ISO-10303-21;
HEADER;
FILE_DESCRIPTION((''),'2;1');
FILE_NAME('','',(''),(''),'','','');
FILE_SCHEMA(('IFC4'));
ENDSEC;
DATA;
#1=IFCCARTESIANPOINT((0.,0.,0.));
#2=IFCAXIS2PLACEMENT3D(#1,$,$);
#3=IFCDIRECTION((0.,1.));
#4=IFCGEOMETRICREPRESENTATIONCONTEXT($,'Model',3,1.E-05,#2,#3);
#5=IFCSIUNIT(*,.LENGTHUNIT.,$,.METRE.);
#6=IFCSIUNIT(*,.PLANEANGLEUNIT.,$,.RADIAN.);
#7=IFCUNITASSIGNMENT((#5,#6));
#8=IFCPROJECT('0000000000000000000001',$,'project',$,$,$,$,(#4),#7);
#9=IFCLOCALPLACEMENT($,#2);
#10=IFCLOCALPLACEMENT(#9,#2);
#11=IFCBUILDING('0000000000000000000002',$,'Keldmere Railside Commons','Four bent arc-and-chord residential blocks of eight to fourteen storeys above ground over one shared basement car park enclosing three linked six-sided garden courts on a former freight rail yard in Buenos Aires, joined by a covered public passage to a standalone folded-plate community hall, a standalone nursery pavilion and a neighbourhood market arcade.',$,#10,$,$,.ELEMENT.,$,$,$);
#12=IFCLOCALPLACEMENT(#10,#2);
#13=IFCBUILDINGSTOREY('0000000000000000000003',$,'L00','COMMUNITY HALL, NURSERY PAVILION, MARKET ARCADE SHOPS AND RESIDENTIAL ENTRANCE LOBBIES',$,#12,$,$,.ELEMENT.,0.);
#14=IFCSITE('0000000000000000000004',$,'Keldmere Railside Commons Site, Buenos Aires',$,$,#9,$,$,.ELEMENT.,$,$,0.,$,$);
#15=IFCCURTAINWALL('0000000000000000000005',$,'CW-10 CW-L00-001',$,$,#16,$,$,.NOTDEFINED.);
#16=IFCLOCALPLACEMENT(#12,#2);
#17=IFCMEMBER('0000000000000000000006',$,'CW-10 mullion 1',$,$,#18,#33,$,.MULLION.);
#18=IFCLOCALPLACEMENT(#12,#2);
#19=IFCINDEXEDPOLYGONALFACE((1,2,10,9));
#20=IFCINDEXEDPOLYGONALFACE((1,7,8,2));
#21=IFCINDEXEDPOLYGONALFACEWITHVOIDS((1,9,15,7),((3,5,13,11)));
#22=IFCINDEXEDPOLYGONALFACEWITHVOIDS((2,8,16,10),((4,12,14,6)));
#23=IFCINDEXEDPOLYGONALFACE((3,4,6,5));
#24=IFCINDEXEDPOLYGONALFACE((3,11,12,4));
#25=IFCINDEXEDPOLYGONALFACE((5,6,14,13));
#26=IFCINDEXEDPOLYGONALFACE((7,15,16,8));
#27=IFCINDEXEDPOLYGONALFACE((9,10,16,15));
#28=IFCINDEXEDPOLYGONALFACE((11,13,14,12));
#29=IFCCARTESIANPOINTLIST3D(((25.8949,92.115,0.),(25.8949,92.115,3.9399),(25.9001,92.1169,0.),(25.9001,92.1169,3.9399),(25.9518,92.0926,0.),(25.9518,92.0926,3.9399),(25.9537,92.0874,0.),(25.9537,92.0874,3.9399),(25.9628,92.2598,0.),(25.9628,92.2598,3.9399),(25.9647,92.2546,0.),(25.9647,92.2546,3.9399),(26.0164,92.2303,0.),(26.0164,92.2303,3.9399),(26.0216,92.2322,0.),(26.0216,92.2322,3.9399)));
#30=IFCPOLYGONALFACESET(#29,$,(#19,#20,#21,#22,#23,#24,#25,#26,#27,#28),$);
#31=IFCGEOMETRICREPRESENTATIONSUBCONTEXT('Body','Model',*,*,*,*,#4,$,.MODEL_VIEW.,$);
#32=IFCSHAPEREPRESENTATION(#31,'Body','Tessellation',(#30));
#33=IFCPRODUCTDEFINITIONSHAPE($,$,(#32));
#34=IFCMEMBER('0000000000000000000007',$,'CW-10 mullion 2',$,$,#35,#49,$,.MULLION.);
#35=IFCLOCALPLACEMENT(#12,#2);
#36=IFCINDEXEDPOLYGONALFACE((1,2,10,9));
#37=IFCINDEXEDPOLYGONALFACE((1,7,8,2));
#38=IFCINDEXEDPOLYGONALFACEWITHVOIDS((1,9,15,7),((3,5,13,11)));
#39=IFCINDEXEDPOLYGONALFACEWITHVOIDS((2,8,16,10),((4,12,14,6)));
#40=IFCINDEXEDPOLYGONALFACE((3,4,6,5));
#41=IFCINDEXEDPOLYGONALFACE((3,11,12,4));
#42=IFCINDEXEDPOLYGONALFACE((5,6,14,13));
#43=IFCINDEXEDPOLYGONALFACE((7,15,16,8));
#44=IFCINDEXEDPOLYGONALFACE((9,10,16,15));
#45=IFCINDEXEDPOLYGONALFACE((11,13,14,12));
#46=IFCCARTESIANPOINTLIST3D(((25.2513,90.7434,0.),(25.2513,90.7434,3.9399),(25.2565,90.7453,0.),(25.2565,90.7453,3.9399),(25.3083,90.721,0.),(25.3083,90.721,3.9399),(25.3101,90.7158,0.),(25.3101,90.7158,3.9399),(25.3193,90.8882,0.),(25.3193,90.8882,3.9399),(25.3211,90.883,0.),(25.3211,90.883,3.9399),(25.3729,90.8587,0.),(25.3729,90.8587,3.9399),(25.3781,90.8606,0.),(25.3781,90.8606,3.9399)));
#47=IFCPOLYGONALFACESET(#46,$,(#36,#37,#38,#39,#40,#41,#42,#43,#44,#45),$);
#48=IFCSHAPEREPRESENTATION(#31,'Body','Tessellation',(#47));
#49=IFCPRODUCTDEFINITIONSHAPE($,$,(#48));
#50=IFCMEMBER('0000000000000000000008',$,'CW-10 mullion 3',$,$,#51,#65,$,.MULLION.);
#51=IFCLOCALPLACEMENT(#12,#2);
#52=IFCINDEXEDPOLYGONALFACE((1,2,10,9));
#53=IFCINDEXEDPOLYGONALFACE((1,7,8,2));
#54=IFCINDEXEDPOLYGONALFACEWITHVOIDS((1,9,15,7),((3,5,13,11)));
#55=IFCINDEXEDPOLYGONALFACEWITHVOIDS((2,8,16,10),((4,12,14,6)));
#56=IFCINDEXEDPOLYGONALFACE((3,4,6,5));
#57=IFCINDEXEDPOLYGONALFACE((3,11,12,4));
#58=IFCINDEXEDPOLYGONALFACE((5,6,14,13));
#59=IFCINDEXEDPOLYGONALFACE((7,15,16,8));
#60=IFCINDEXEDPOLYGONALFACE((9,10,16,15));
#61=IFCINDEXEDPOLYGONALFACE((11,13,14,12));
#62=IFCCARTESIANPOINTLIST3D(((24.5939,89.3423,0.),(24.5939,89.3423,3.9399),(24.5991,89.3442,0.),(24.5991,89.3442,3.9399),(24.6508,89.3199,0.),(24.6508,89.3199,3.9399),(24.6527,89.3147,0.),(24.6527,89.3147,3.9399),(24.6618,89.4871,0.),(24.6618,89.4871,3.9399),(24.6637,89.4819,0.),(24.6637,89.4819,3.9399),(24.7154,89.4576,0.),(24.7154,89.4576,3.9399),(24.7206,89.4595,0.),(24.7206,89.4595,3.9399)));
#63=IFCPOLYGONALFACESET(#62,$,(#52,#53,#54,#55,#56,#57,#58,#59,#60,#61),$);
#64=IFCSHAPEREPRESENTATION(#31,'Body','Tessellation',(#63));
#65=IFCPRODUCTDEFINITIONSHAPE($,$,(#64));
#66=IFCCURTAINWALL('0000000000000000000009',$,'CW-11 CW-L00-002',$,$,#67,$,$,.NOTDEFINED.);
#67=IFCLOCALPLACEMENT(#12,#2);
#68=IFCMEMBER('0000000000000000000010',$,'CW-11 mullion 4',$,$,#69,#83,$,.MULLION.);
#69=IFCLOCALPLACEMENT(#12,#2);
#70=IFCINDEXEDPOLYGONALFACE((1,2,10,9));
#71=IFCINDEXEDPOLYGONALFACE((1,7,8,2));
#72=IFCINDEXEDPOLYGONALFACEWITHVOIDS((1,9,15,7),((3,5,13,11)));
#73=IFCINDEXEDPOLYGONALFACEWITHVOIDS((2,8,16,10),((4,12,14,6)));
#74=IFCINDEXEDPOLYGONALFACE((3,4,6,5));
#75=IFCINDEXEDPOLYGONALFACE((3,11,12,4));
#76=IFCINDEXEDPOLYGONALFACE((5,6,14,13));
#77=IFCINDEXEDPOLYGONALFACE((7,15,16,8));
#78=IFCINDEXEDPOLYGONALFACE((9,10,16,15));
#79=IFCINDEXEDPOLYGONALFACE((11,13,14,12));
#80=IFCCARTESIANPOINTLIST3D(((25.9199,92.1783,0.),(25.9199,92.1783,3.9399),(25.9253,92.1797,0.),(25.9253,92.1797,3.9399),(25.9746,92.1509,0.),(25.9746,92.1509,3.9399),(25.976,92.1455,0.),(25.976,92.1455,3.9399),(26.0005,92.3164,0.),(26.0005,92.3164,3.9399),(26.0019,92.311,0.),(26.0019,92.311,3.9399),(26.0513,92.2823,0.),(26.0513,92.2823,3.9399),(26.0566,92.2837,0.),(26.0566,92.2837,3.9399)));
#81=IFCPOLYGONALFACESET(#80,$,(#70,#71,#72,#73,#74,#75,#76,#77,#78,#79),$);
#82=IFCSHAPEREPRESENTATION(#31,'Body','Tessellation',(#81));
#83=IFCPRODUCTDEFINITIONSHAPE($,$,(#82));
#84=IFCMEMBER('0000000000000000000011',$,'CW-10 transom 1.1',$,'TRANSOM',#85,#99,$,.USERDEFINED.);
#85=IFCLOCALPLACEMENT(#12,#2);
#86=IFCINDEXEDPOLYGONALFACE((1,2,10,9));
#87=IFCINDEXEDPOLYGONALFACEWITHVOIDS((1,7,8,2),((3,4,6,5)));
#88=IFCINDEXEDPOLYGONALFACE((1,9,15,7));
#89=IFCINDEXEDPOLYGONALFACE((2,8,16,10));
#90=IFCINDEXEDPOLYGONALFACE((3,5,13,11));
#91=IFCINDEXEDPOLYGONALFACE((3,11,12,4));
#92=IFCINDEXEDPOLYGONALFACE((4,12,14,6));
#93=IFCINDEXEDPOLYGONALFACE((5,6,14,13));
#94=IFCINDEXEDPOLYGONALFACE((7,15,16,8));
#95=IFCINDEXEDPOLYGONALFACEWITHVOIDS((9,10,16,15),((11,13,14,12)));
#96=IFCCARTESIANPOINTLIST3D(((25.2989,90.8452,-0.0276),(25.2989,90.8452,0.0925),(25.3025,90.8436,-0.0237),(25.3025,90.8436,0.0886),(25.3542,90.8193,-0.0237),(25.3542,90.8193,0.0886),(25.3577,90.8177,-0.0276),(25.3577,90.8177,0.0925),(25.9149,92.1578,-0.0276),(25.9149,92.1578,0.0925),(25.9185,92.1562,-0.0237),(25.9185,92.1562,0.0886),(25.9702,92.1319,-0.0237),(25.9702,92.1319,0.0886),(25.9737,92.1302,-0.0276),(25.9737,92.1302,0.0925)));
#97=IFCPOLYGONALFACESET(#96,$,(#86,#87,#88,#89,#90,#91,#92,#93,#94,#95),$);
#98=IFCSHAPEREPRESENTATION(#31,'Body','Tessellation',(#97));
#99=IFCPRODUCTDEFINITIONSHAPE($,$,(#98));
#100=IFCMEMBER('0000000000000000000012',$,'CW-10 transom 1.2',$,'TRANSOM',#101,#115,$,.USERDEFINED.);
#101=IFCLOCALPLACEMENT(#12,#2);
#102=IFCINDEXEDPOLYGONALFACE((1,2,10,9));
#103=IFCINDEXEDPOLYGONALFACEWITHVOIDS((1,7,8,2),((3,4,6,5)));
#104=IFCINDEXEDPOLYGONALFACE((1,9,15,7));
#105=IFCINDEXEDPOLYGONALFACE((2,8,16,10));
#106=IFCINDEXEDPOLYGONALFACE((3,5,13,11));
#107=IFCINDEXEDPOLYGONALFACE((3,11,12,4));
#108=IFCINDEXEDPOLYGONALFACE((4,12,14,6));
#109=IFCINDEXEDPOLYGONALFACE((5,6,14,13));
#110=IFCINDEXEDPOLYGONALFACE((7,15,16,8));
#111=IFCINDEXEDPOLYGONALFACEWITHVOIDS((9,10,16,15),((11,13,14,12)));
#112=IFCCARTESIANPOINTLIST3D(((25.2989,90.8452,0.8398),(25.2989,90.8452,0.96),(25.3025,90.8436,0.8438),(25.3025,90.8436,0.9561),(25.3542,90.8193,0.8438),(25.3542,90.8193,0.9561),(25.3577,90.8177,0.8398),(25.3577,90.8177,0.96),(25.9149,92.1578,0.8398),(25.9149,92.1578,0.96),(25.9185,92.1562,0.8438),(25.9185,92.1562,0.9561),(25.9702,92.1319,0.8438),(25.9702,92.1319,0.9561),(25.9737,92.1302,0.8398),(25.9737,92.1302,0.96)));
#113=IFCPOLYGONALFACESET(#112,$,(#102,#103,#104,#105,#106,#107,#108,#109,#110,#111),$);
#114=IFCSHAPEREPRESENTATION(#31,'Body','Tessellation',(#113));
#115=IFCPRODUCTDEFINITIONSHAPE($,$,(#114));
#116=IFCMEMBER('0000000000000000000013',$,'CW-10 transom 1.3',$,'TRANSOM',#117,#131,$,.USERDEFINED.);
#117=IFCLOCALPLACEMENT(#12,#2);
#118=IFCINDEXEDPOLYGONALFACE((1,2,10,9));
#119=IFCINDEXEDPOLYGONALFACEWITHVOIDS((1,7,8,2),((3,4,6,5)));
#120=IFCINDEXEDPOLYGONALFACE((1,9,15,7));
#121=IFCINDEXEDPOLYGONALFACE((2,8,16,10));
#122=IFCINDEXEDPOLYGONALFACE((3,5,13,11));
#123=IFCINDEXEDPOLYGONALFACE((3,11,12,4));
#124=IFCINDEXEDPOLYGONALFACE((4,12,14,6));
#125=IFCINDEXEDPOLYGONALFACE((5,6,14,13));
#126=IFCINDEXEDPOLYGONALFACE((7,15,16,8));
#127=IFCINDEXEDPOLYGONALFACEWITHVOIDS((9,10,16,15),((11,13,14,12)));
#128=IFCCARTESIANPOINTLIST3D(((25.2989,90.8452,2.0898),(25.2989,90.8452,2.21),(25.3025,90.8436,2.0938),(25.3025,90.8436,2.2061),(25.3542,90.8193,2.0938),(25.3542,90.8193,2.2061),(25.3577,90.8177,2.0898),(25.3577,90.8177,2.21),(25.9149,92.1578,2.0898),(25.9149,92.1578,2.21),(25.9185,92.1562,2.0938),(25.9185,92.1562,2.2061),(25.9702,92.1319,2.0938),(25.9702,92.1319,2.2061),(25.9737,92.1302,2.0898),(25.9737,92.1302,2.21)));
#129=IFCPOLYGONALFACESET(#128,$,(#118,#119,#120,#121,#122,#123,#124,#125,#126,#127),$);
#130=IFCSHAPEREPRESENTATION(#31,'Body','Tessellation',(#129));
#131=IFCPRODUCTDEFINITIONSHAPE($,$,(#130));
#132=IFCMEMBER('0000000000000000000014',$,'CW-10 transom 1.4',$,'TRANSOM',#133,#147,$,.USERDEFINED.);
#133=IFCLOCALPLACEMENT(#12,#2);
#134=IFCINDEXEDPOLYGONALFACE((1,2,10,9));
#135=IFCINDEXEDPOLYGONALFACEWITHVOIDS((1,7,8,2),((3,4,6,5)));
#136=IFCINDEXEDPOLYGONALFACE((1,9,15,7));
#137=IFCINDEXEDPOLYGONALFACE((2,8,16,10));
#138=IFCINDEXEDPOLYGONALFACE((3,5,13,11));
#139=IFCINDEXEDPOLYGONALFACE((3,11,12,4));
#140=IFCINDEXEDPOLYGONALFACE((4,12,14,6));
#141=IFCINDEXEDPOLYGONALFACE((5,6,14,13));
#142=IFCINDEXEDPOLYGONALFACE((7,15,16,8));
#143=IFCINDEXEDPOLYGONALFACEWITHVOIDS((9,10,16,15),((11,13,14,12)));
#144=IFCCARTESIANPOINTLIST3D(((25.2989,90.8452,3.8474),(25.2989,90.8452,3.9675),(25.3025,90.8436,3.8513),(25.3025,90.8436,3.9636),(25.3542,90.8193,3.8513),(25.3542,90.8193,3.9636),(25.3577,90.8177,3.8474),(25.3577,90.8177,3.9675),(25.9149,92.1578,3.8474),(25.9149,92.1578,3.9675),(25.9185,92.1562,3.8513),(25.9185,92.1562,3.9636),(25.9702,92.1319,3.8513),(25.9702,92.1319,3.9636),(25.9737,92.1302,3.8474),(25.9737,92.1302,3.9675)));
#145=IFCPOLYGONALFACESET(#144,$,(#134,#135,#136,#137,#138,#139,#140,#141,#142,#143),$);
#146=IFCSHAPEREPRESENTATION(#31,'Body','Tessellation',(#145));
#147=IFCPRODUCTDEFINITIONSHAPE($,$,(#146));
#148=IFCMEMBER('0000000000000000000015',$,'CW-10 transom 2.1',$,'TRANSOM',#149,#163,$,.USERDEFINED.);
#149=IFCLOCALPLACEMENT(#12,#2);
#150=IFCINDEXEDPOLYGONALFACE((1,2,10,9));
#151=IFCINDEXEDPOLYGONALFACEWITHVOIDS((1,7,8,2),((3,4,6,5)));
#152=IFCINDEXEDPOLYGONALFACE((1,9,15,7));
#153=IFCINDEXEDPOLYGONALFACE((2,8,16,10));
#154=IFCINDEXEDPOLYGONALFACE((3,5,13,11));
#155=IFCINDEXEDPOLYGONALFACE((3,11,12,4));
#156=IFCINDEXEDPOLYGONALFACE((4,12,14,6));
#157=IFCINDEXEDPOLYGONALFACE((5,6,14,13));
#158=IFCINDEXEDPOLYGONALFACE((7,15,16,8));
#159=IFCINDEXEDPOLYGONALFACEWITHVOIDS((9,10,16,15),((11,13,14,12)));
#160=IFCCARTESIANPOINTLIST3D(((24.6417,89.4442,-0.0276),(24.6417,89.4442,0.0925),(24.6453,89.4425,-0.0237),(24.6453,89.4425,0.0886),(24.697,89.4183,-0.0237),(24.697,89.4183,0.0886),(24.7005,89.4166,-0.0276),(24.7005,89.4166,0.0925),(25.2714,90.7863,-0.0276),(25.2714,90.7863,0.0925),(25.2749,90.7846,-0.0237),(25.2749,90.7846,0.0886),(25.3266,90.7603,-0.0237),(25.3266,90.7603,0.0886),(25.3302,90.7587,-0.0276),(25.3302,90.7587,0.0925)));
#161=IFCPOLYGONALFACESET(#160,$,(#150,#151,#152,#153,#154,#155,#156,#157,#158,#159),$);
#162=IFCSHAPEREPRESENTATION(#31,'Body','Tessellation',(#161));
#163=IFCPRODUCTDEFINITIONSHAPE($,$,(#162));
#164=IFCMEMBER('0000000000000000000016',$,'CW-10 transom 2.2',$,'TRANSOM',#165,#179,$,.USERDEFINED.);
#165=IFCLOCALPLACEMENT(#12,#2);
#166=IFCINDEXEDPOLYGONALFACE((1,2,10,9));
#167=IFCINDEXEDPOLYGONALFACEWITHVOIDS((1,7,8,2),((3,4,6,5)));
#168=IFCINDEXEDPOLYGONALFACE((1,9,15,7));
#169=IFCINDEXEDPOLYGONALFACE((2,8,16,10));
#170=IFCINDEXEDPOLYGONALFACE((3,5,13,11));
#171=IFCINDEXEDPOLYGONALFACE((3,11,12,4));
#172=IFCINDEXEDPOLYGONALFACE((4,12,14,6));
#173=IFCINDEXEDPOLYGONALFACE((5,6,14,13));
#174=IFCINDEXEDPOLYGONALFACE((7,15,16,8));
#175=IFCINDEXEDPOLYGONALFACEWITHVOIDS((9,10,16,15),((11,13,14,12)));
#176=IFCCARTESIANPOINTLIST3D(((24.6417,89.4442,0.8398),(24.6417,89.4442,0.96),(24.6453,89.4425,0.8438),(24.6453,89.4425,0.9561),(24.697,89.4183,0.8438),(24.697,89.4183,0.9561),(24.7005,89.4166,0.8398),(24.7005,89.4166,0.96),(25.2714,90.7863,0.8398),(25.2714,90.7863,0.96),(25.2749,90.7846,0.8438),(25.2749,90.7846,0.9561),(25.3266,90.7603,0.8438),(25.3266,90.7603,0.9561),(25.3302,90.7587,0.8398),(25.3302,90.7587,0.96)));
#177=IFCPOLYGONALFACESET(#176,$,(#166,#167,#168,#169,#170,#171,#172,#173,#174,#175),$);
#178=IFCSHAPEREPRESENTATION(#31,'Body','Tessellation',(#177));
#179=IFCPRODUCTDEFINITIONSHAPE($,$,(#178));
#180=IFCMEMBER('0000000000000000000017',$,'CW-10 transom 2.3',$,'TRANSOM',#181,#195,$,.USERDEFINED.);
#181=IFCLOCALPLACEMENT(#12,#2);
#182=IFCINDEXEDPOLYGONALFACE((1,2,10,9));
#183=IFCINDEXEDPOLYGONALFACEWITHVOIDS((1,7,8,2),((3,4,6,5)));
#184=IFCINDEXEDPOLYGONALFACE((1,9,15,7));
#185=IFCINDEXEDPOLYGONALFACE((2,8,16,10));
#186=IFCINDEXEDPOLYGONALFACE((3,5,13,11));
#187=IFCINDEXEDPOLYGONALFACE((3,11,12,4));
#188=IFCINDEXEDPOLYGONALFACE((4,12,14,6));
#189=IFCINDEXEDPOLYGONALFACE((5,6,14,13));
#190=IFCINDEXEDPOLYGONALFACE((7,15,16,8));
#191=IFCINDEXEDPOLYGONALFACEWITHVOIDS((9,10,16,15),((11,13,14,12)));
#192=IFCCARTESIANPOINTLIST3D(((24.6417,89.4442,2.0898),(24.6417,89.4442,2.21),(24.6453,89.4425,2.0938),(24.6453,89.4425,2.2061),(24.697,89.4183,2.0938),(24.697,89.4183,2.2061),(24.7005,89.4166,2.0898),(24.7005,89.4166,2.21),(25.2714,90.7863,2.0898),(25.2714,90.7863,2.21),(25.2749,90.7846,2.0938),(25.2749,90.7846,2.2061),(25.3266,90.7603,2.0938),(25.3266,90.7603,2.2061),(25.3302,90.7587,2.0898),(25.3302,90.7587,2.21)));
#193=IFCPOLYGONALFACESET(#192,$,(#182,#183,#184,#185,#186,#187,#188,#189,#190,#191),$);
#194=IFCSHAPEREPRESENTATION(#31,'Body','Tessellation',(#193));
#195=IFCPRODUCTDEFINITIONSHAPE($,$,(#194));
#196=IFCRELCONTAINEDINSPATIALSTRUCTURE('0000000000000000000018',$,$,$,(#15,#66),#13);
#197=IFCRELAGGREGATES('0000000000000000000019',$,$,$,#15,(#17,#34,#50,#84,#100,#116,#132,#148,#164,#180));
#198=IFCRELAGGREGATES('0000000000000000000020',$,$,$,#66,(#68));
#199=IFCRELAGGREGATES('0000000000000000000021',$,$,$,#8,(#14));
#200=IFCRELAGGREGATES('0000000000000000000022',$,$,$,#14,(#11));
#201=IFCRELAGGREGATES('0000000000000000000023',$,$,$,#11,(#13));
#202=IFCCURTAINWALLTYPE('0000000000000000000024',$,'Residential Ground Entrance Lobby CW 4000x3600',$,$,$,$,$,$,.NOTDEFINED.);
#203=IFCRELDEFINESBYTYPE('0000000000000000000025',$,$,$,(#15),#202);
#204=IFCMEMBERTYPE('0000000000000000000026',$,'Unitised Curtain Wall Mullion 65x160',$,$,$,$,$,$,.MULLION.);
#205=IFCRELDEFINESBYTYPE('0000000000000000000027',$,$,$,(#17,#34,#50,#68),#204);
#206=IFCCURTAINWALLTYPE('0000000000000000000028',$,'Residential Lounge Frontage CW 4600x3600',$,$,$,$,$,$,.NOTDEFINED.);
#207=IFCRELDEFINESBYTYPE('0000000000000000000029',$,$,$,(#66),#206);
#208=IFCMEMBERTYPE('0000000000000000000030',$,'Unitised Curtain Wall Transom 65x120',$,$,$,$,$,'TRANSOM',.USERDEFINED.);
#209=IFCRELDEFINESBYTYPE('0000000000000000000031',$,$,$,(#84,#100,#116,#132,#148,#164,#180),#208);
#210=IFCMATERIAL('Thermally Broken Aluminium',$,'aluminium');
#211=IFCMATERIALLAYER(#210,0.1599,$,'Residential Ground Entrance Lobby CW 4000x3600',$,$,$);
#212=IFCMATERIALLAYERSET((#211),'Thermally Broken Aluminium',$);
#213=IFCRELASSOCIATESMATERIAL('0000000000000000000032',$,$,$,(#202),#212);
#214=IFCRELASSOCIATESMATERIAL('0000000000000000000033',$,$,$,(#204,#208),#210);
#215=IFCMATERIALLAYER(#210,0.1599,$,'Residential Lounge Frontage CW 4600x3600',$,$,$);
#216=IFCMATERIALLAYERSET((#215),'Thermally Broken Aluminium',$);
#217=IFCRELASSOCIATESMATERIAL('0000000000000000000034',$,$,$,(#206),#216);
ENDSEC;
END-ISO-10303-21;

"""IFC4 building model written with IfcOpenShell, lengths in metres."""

from ifc_helpers import new_model, si_unit, direction, frame, origin, origin_2d, place, context, subcontext, project, spatial, hollow_rectangle, extrude, material, layer, layer_set, material_profile, profile_set, type_object, element, aggregate, save


model = new_model("IFC4")

# Units and contexts
model_context = context("Model", 3, precision=1e-05, world=origin(), true_north=direction((0.0, 1.0)))
body_context = subcontext(model_context, "Body", "Model", "MODEL_VIEW")
ifc_project = project(units=[si_unit("LENGTHUNIT", "METRE"), si_unit("PLANEANGLEUNIT", "RADIAN")], contexts=[model_context])

# Site, building, storey
site_placement = place(None, origin())
site = spatial("IfcSite", under=ifc_project, at=site_placement, Name="Keldmere Railside Commons Site, Buenos Aires", CompositionType="ELEMENT", RefElevation=0.0)
building_placement = place(site_placement, origin())
building = spatial("IfcBuilding", under=site, at=building_placement, Name="Keldmere Railside Commons", Description="Four bent arc-and-chord residential blocks of eight to fourteen storeys above ground over one shared basement car park enclosing three linked six-sided garden courts on a former freight rail yard in Buenos Aires, joined by a covered public passage to a standalone folded-plate community hall, a standalone nursery pavilion and a neighbourhood market arcade.", CompositionType="ELEMENT")
storey_placement = place(building_placement, origin())
storey = spatial("IfcBuildingStorey", under=building, at=storey_placement, Name="L00", Description="COMMUNITY HALL, NURSERY PAVILION, MARKET ARCADE SHOPS AND RESIDENTIAL ENTRANCE LOBBIES", CompositionType="ELEMENT", Elevation=0.0)

# Curtain wall, members
ifc_material_1 = material(Name="Thermally Broken Aluminium", Category="aluminium")
ifc_layer_1 = layer(ifc_material_1, 0.1599, Name="Residential Ground Entrance Lobby CW 4000x3600")
ifc_layer_set_1 = layer_set([ifc_layer_1], Name="Thermally Broken Aluminium")
curtain_wall_type_1 = type_object("IfcCurtainWallType", Name="Residential Ground Entrance Lobby CW 4000x3600", PredefinedType="NOTDEFINED", material=ifc_layer_set_1)
curtain_wall_1_placement = place(storey_placement, origin())
curtain_wall_1 = element("IfcCurtainWall", 1, at=curtain_wall_1_placement, inside=storey, type_object=curtain_wall_type_1, Name="CW-10 CW-L00-001", PredefinedType="NOTDEFINED")
ifc_material_profile_1 = material_profile(ifc_material_1, hollow_rectangle(XDim=0.0649, YDim=0.1599, WallThickness=0.0039, at=origin_2d()), Name="ALU-MULL-65x160")
ifc_profile_set_1 = profile_set([ifc_material_profile_1], Name="Thermally Broken Aluminium")
member_type_1 = type_object("IfcMemberType", Name="Unitised Curtain Wall Mullion 65x160", PredefinedType="MULLION", material=ifc_profile_set_1)
member_1_placement = place(storey_placement, frame((25.9583, 92.1736, 0.0), z_axis=(0.0, 0.0, 1.0), x_axis=(0.905306, -0.424759, 0.0)))
member_1 = element("IfcMember", 2, at=member_1_placement, type_object=member_type_1, Name="CW-10 mullion 1", PredefinedType="MULLION", context=body_context, shape_type="SweptSolid", body=[
    extrude(hollow_rectangle(XDim=0.0649, YDim=0.1599, WallThickness=0.0039, at=origin_2d()), origin(), (0.0, 0.0, 1.0), 3.9399),
])
member_2_placement = place(storey_placement, frame((25.3147, 90.802, 0.0), z_axis=(0.0, 0.0, 1.0), x_axis=(0.905306, -0.424759, 0.0)))
member_2 = element("IfcMember", 3, at=member_2_placement, type_object=member_type_1, Name="CW-10 mullion 2", PredefinedType="MULLION", context=body_context, shape_type="SweptSolid", body=[
    extrude(hollow_rectangle(XDim=0.0649, YDim=0.1599, WallThickness=0.0039, at=origin_2d()), origin(), (0.0, 0.0, 1.0), 3.9399),
])
member_3_placement = place(storey_placement, frame((24.6572, 89.4009, 0.0), z_axis=(0.0, 0.0, 1.0), x_axis=(0.905306, -0.424759, 0.0)))
member_3 = element("IfcMember", 4, at=member_3_placement, type_object=member_type_1, Name="CW-10 mullion 3", PredefinedType="MULLION", context=body_context, shape_type="SweptSolid", body=[
    extrude(hollow_rectangle(XDim=0.0649, YDim=0.1599, WallThickness=0.0039, at=origin_2d()), origin(), (0.0, 0.0, 1.0), 3.9399),
])

# Curtain wall, member
ifc_layer_2 = layer(ifc_material_1, 0.1599, Name="Residential Lounge Frontage CW 4600x3600")
ifc_layer_set_2 = layer_set([ifc_layer_2], Name="Thermally Broken Aluminium")
curtain_wall_type_2 = type_object("IfcCurtainWallType", Name="Residential Lounge Frontage CW 4600x3600", PredefinedType="NOTDEFINED", material=ifc_layer_set_2)
curtain_wall_2_placement = place(storey_placement, origin())
curtain_wall_2 = element("IfcCurtainWall", 5, at=curtain_wall_2_placement, inside=storey, type_object=curtain_wall_type_2, Name="CW-11 CW-L00-002", PredefinedType="NOTDEFINED")
member_4_placement = place(storey_placement, frame((25.9883, 92.231, 0.0), z_axis=(0.0, 0.0, 1.0), x_axis=(0.863755, -0.503911, 0.0)))
member_4 = element("IfcMember", 6, at=member_4_placement, type_object=member_type_1, Name="CW-11 mullion 4", PredefinedType="MULLION", context=body_context, shape_type="SweptSolid", body=[
    extrude(hollow_rectangle(XDim=0.0649, YDim=0.1599, WallThickness=0.0039, at=origin_2d()), origin(), (0.0, 0.0, 1.0), 3.9399),
])

# Members
ifc_material_profile_2 = material_profile(ifc_material_1, hollow_rectangle(XDim=0.0649, YDim=0.1201, WallThickness=0.0039, at=origin_2d()), Name="ALU-TRAN-65x120")
ifc_profile_set_2 = profile_set([ifc_material_profile_2], Name="Thermally Broken Aluminium")
member_type_2 = type_object("IfcMemberType", Name="Unitised Curtain Wall Transom 65x120", ElementType="TRANSOM", PredefinedType="USERDEFINED", material=ifc_profile_set_2)
member_5_placement = place(storey_placement, frame((25.9443, 92.144, 0.0325), z_axis=(-0.424848, -0.905265, 0.0), x_axis=(0.905265, -0.424848, 0.0)))
member_5 = element("IfcMember", 7, at=member_5_placement, type_object=member_type_2, Name="CW-10 transom 1.1", ObjectType="TRANSOM", PredefinedType="USERDEFINED", context=body_context, shape_type="SweptSolid", body=[
    extrude(hollow_rectangle(XDim=0.0649, YDim=0.1201, WallThickness=0.0039, at=origin_2d()), origin(), (0.0, 0.0, 1.0), 1.45),
])
member_6_placement = place(storey_placement, frame((25.9443, 92.144, 0.8999), z_axis=(-0.424848, -0.905265, 0.0), x_axis=(0.905265, -0.424848, 0.0)))
member_6 = element("IfcMember", 8, at=member_6_placement, type_object=member_type_2, Name="CW-10 transom 1.2", ObjectType="TRANSOM", PredefinedType="USERDEFINED", context=body_context, shape_type="SweptSolid", body=[
    extrude(hollow_rectangle(XDim=0.0649, YDim=0.1201, WallThickness=0.0039, at=origin_2d()), origin(), (0.0, 0.0, 1.0), 1.45),
])
member_7_placement = place(storey_placement, frame((25.9443, 92.144, 2.1499), z_axis=(-0.424848, -0.905265, 0.0), x_axis=(0.905265, -0.424848, 0.0)))
member_7 = element("IfcMember", 9, at=member_7_placement, type_object=member_type_2, Name="CW-10 transom 1.3", ObjectType="TRANSOM", PredefinedType="USERDEFINED", context=body_context, shape_type="SweptSolid", body=[
    extrude(hollow_rectangle(XDim=0.0649, YDim=0.1201, WallThickness=0.0039, at=origin_2d()), origin(), (0.0, 0.0, 1.0), 1.45),
])
member_8_placement = place(storey_placement, frame((25.9443, 92.144, 3.9075), z_axis=(-0.424848, -0.905265, 0.0), x_axis=(0.905265, -0.424848, 0.0)))
member_8 = element("IfcMember", 10, at=member_8_placement, type_object=member_type_2, Name="CW-10 transom 1.4", ObjectType="TRANSOM", PredefinedType="USERDEFINED", context=body_context, shape_type="SweptSolid", body=[
    extrude(hollow_rectangle(XDim=0.0649, YDim=0.1201, WallThickness=0.0039, at=origin_2d()), origin(), (0.0, 0.0, 1.0), 1.45),
])
member_9_placement = place(storey_placement, frame((25.3008, 90.7725, 0.0325), z_axis=(-0.424742, -0.905314, 0.0), x_axis=(0.905314, -0.424742, 0.0)))
member_9 = element("IfcMember", 11, at=member_9_placement, type_object=member_type_2, Name="CW-10 transom 2.1", ObjectType="TRANSOM", PredefinedType="USERDEFINED", context=body_context, shape_type="SweptSolid", body=[
    extrude(hollow_rectangle(XDim=0.0649, YDim=0.1201, WallThickness=0.0039, at=origin_2d()), origin(), (0.0, 0.0, 1.0), 1.4824),
])
member_10_placement = place(storey_placement, frame((25.3008, 90.7725, 0.8999), z_axis=(-0.424742, -0.905314, 0.0), x_axis=(0.905314, -0.424742, 0.0)))
member_10 = element("IfcMember", 12, at=member_10_placement, type_object=member_type_2, Name="CW-10 transom 2.2", ObjectType="TRANSOM", PredefinedType="USERDEFINED", context=body_context, shape_type="SweptSolid", body=[
    extrude(hollow_rectangle(XDim=0.0649, YDim=0.1201, WallThickness=0.0039, at=origin_2d()), origin(), (0.0, 0.0, 1.0), 1.4824),
])
member_11_placement = place(storey_placement, frame((25.3008, 90.7725, 2.1499), z_axis=(-0.424742, -0.905314, 0.0), x_axis=(0.905314, -0.424742, 0.0)))
member_11 = element("IfcMember", 13, at=member_11_placement, type_object=member_type_2, Name="CW-10 transom 2.3", ObjectType="TRANSOM", PredefinedType="USERDEFINED", context=body_context, shape_type="SweptSolid", body=[
    extrude(hollow_rectangle(XDim=0.0649, YDim=0.1201, WallThickness=0.0039, at=origin_2d()), origin(), (0.0, 0.0, 1.0), 1.4824),
])

aggregate(curtain_wall_1, [member_1, member_2, member_3, member_5, member_6, member_7, member_8, member_9, member_10, member_11])
aggregate(curtain_wall_2, [member_4])

save(model, "model.ifc")
